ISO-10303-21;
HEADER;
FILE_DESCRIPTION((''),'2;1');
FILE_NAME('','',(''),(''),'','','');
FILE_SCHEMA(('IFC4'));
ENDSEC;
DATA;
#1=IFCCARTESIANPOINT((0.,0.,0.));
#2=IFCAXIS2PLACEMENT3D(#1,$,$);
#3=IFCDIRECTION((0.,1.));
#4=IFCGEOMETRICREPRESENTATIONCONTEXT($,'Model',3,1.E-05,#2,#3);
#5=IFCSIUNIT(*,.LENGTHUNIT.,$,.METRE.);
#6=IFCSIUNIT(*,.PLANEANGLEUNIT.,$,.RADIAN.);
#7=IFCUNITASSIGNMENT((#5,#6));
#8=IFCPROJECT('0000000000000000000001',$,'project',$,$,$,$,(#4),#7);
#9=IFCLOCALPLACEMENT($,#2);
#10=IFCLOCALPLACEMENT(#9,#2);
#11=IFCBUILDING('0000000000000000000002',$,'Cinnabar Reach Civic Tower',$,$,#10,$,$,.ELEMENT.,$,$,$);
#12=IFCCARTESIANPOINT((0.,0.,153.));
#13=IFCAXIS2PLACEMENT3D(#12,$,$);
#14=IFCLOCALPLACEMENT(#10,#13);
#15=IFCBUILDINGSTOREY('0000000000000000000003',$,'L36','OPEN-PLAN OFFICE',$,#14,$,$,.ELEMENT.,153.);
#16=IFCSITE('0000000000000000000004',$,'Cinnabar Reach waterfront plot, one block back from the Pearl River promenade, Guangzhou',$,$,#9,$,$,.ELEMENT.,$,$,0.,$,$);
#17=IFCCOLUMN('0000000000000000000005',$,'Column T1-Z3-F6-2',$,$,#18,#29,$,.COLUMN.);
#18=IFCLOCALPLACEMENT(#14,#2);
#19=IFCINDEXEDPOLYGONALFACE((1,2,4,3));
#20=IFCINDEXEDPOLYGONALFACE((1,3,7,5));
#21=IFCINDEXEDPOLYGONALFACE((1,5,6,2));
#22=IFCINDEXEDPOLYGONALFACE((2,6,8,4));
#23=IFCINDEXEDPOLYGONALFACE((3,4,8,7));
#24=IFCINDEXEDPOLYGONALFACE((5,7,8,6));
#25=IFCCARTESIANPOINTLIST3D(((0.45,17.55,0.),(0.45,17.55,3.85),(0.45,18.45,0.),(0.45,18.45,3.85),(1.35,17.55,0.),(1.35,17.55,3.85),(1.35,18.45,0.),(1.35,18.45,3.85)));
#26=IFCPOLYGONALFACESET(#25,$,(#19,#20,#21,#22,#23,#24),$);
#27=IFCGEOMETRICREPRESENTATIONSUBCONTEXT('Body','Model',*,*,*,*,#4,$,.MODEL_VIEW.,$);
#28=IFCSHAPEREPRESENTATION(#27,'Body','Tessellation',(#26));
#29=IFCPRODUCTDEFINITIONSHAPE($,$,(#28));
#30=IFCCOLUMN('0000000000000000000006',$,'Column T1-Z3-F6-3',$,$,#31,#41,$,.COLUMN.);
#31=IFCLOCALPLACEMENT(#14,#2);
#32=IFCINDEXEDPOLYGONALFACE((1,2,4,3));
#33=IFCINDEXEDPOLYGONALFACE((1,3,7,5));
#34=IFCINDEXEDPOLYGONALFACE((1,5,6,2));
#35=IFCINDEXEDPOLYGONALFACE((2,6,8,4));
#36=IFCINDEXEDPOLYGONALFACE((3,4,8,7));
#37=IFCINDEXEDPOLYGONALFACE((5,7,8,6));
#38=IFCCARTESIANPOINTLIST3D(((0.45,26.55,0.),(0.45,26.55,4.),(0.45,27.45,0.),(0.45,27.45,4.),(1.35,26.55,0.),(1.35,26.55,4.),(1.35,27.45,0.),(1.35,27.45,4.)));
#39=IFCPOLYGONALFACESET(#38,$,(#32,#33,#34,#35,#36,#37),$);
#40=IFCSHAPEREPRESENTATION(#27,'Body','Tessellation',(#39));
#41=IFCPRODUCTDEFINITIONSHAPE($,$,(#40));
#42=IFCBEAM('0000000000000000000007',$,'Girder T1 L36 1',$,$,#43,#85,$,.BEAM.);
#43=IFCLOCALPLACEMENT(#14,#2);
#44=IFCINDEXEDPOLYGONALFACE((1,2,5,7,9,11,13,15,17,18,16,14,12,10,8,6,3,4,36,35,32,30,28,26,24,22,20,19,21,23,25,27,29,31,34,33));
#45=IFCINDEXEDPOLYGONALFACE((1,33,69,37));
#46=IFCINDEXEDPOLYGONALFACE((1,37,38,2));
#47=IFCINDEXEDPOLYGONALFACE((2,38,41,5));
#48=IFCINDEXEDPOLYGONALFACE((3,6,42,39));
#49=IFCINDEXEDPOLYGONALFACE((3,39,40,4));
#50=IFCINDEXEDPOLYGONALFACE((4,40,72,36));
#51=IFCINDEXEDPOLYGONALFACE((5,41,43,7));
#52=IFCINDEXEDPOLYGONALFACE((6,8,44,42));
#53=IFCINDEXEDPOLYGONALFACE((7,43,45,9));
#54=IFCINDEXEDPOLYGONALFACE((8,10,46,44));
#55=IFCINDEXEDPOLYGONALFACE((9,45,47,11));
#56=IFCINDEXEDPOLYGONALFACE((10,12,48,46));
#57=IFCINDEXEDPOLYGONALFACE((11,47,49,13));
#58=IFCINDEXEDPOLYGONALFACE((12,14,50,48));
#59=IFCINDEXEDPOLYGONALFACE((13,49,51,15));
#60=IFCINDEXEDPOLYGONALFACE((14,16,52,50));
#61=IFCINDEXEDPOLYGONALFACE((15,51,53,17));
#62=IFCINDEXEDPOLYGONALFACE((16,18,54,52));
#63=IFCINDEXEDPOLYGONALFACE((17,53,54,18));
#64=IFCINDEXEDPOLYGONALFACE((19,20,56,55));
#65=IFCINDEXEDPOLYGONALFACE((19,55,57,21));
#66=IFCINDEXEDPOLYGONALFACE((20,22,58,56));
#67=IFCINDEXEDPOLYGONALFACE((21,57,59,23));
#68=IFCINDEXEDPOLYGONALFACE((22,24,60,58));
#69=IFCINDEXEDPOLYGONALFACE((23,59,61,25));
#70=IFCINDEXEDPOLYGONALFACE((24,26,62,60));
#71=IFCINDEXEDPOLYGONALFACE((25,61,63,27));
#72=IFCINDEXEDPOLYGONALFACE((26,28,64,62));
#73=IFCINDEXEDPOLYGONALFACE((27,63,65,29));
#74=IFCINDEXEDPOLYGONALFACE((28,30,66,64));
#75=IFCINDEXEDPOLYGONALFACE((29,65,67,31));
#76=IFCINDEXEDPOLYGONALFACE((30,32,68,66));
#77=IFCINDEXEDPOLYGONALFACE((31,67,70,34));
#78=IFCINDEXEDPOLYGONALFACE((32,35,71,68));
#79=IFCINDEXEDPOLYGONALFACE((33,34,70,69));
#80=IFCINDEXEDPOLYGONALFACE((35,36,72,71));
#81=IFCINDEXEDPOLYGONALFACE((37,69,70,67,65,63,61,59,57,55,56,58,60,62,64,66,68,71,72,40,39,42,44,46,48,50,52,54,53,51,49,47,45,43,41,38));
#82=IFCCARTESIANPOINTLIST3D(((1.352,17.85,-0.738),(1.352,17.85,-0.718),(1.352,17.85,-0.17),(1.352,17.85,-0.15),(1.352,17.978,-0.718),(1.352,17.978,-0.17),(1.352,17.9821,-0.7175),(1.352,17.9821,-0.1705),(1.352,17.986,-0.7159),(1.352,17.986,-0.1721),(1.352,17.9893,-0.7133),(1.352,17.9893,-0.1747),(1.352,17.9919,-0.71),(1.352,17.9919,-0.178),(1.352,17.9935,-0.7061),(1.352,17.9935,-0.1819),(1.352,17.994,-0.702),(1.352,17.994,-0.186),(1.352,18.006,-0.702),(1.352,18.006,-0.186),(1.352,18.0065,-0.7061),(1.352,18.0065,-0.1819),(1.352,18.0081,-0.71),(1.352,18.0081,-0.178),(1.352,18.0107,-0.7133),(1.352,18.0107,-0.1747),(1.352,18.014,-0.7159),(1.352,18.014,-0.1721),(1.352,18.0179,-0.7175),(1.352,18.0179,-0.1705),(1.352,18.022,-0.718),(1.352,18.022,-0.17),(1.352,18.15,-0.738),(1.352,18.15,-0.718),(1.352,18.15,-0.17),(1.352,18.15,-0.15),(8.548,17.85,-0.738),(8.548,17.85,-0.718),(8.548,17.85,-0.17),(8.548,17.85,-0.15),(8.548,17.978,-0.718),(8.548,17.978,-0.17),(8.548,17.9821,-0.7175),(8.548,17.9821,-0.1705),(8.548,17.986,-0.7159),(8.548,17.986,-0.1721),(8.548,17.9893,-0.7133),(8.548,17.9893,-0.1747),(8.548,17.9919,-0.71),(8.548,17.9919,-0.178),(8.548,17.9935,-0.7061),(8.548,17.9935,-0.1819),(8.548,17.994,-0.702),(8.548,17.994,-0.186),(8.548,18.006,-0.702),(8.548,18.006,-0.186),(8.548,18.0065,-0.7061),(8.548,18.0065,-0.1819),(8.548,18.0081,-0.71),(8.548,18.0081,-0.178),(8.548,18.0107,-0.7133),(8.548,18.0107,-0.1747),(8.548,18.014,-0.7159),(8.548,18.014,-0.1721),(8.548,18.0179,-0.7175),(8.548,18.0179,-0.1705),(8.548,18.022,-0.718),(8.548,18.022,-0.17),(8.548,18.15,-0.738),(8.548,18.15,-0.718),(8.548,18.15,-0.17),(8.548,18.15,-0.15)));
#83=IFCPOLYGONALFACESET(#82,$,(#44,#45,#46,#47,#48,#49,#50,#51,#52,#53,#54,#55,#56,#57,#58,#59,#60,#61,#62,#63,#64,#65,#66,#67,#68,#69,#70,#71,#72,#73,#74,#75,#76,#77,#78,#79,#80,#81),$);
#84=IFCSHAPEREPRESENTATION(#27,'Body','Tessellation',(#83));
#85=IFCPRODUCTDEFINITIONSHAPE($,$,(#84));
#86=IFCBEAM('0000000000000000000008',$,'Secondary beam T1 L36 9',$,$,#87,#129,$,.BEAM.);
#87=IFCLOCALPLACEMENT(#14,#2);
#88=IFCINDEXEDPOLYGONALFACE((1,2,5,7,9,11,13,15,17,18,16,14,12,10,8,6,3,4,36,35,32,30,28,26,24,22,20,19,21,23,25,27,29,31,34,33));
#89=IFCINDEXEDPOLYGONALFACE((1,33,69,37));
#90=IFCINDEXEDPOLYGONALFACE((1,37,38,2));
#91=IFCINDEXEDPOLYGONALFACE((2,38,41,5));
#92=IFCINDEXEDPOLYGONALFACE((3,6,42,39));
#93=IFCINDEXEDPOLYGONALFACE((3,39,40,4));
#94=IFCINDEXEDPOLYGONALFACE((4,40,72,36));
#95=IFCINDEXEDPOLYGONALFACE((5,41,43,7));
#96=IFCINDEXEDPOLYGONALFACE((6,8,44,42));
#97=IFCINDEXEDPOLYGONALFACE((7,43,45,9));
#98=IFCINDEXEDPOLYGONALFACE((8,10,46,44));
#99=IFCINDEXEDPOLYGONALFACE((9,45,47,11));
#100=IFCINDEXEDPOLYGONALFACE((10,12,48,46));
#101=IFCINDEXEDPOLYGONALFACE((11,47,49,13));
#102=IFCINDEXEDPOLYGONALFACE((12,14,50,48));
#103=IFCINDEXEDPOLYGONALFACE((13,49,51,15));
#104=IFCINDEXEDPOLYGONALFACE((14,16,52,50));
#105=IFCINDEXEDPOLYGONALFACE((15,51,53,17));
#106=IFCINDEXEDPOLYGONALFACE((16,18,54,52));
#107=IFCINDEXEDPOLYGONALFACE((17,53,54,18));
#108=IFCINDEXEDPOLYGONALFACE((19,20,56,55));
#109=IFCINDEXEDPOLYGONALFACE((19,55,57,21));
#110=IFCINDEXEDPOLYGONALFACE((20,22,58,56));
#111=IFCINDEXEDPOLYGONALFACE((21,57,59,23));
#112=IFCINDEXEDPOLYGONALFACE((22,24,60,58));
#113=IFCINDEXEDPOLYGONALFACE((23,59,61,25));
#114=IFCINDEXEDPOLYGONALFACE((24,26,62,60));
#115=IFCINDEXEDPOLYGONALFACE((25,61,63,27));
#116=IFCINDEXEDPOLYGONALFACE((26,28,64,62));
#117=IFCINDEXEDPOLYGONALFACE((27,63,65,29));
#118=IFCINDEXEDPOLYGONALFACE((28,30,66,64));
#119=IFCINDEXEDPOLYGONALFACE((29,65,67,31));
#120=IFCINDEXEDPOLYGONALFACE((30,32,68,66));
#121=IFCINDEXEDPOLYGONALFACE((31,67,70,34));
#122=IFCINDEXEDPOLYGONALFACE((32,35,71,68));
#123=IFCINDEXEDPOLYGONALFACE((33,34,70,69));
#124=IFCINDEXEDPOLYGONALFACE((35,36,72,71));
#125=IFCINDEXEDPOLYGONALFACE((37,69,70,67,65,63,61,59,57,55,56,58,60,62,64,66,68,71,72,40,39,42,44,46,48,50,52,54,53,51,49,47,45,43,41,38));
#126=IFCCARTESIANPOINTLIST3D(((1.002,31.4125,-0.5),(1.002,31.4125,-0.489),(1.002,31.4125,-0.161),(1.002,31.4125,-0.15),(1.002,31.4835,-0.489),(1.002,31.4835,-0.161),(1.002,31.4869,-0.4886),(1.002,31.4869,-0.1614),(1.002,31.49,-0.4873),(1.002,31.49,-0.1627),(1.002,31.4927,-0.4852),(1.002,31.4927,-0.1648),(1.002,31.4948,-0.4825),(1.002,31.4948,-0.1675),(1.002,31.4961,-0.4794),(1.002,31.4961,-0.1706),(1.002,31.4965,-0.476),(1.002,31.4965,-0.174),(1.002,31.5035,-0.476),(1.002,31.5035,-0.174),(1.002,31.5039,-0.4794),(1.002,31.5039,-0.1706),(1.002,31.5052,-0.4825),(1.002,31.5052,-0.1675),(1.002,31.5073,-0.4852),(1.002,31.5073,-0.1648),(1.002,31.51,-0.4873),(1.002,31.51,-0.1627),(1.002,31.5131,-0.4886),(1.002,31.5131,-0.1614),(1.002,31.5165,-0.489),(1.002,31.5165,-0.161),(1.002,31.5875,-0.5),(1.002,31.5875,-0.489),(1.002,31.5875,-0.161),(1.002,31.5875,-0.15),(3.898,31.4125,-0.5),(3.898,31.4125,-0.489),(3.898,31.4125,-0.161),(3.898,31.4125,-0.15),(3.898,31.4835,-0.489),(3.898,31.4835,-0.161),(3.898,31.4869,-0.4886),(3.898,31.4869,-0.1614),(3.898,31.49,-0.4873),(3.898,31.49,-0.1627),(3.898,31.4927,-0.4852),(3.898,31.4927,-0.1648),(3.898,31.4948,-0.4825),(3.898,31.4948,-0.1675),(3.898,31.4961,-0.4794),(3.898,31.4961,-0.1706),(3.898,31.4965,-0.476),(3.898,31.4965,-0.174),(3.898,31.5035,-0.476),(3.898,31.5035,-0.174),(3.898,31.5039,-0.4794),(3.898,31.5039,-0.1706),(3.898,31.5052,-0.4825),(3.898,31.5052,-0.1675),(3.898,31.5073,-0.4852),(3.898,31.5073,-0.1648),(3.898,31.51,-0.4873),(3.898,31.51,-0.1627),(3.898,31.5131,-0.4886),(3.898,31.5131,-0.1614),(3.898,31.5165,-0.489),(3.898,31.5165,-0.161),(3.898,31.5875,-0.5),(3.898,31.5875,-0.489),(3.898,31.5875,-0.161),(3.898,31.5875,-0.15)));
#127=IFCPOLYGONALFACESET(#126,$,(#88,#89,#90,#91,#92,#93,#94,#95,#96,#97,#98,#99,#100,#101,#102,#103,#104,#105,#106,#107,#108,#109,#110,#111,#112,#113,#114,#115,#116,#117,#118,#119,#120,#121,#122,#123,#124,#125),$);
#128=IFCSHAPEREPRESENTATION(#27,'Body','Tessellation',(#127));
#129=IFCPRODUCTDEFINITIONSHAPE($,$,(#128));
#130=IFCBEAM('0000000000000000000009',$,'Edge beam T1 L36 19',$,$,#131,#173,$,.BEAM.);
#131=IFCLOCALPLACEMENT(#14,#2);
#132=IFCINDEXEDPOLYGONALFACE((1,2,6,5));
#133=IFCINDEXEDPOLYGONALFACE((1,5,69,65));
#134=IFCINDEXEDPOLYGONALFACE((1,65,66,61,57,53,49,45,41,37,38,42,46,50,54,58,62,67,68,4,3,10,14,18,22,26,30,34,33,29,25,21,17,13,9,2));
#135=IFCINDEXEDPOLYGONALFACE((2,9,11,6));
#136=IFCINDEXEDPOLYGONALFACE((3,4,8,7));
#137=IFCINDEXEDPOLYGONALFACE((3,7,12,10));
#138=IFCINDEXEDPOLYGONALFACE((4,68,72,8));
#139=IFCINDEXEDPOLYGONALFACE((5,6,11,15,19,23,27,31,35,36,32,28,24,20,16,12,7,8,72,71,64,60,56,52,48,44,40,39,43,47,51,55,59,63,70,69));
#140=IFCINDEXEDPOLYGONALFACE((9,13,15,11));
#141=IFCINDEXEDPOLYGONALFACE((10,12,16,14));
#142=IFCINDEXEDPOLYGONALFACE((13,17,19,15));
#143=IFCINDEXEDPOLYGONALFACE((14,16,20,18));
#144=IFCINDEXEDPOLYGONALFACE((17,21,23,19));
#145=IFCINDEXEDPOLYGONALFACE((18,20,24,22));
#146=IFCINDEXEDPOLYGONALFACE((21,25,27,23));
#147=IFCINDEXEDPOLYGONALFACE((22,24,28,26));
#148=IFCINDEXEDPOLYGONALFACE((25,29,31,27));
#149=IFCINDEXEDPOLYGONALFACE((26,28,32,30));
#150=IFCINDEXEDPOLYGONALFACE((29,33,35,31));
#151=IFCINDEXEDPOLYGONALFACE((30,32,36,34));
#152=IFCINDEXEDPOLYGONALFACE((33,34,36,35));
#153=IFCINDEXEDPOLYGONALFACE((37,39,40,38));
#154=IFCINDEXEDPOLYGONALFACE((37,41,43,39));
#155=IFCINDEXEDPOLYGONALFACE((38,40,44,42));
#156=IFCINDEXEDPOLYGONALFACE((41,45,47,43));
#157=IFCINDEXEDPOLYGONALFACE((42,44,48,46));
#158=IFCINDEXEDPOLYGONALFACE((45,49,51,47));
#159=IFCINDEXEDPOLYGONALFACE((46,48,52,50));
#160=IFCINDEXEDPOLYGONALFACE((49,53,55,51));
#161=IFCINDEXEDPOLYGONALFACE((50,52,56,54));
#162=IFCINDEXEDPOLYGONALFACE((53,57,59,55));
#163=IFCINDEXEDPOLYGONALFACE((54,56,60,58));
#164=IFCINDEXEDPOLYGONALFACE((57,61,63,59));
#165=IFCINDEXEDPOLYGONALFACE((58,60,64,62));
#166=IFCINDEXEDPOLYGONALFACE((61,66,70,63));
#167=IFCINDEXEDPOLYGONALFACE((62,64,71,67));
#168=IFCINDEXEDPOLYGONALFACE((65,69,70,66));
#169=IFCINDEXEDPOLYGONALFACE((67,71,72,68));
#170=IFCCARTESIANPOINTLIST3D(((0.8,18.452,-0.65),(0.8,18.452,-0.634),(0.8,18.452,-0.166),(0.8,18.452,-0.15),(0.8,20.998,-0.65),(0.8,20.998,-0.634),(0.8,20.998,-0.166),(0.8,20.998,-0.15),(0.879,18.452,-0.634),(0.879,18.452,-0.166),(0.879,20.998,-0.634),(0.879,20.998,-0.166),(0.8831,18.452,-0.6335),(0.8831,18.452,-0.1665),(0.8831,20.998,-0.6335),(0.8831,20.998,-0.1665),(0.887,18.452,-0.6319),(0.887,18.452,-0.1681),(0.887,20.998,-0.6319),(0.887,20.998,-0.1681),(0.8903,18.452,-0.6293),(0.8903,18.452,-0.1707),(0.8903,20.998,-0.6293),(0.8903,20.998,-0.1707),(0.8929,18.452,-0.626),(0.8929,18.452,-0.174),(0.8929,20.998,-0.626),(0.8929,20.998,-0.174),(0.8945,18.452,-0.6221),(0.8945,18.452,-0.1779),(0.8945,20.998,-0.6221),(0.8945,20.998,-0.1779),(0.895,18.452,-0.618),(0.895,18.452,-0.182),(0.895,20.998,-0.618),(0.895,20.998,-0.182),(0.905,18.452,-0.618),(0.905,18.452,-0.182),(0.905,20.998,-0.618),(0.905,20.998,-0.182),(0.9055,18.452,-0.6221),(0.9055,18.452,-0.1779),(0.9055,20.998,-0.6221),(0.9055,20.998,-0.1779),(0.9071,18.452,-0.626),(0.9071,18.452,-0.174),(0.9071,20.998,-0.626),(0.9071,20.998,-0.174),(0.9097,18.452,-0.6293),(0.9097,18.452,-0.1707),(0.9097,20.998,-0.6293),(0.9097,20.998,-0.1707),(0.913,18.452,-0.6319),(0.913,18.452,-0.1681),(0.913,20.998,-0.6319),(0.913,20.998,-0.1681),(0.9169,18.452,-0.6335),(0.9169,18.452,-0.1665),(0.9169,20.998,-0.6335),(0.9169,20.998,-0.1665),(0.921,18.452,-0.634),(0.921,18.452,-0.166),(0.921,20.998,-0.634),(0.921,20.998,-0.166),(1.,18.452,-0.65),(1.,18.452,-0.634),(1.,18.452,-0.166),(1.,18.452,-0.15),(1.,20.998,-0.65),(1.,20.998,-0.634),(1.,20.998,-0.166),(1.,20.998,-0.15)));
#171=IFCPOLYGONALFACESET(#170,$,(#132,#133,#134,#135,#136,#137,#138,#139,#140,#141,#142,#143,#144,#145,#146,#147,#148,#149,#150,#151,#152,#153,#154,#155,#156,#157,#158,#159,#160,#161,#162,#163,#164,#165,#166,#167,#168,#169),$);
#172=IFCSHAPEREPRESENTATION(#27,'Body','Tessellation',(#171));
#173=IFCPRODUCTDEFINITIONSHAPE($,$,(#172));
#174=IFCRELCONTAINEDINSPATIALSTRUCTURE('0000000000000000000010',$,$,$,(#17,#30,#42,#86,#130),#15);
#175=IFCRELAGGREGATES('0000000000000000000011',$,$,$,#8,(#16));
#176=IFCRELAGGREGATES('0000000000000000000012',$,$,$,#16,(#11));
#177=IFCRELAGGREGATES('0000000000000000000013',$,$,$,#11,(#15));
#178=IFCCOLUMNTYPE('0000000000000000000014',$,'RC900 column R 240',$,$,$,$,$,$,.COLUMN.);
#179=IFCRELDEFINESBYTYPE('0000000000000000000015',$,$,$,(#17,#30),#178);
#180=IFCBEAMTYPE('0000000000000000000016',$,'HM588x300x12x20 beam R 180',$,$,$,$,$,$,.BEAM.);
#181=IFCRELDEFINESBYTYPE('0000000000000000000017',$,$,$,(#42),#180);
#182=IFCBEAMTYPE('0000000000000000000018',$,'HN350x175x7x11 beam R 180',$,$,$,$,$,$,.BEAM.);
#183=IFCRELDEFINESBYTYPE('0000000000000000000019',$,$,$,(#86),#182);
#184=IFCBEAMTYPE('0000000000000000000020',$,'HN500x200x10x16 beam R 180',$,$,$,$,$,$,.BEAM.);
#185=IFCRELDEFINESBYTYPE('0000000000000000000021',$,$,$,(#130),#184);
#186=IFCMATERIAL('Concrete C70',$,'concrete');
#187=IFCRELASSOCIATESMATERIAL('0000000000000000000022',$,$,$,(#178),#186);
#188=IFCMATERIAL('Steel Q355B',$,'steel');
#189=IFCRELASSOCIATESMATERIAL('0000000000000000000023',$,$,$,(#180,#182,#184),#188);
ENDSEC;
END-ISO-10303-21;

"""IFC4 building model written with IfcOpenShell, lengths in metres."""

from ifc_helpers import new_model, si_unit, direction, frame, origin, origin_2d, place, context, subcontext, project, spatial, rectangle, i_section, extrude, material, material_profile, profile_set, type_object, element, save


model = new_model("IFC4")

# Units and contexts
model_context = context("Model", 3, precision=1e-05, world=origin(), true_north=direction((0.0, 1.0)))
body_context = subcontext(model_context, "Body", "Model", "MODEL_VIEW")
ifc_project = project(units=[si_unit("LENGTHUNIT", "METRE"), si_unit("PLANEANGLEUNIT", "RADIAN")], contexts=[model_context])

# Site, building, storey
site_placement = place(None, origin())
site = spatial("IfcSite", under=ifc_project, at=site_placement, Name="Cinnabar Reach waterfront plot, one block back from the Pearl River promenade, Guangzhou", CompositionType="ELEMENT", RefElevation=0.0)
building_placement = place(site_placement, origin())
building = spatial("IfcBuilding", under=site, at=building_placement, Name="Cinnabar Reach Civic Tower", CompositionType="ELEMENT")
storey_placement = place(building_placement, frame((0.0, 0.0, 153.0)))
storey = spatial("IfcBuildingStorey", under=building, at=storey_placement, Name="L36", Description="OPEN-PLAN OFFICE", CompositionType="ELEMENT", Elevation=153.0)

# Columns
ifc_material_1 = material(Name="Concrete C70", Category="concrete")
ifc_material_profile_1 = material_profile(ifc_material_1, rectangle(XDim=0.9, YDim=0.9, at=origin_2d()), Name="RC900")
ifc_profile_set_1 = profile_set([ifc_material_profile_1], Name="Concrete C70")
column_type = type_object("IfcColumnType", Name="RC900 column R 240", PredefinedType="COLUMN", material=ifc_profile_set_1)
column_1_placement = place(storey_placement, frame((0.9, 18.0, 0.0), z_axis=(0.0, 0.0, 1.0), x_axis=(1.0, 0.0, 0.0)))
element("IfcColumn", 1, at=column_1_placement, inside=storey, type_object=column_type, Name="Column T1-Z3-F6-2", PredefinedType="COLUMN", context=body_context, shape_type="SweptSolid", body=[
    extrude(rectangle(XDim=0.9, YDim=0.9, at=origin_2d()), origin(), (0.0, 0.0, 1.0), 3.85),
])
column_2_placement = place(storey_placement, frame((0.9, 27.0, 0.0), z_axis=(0.0, 0.0, 1.0), x_axis=(1.0, 0.0, 0.0)))
element("IfcColumn", 2, at=column_2_placement, inside=storey, type_object=column_type, Name="Column T1-Z3-F6-3", PredefinedType="COLUMN", context=body_context, shape_type="SweptSolid", body=[
    extrude(rectangle(XDim=0.9, YDim=0.9, at=origin_2d()), origin(), (0.0, 0.0, 1.0), 4.0),
])

# Beams
ifc_material_2 = material(Name="Steel Q355B", Category="steel")
ifc_material_profile_2 = material_profile(ifc_material_2, i_section(OverallWidth=0.3, OverallDepth=0.588, WebThickness=0.012, FlangeThickness=0.02, FilletRadius=0.016, at=origin_2d()), Name="HM588x300x12x20")
ifc_profile_set_2 = profile_set([ifc_material_profile_2], Name="Steel Q355B")
beam_type_1 = type_object("IfcBeamType", Name="HM588x300x12x20 beam R 180", PredefinedType="BEAM", material=ifc_profile_set_2)
beam_1_placement = place(storey_placement, frame((1.352, 18.0, -0.444), z_axis=(1.0, 0.0, 0.0), x_axis=(0.0, 1.0, 0.0)))
element("IfcBeam", 3, at=beam_1_placement, inside=storey, type_object=beam_type_1, Name="Girder T1 L36 1", PredefinedType="BEAM", context=body_context, shape_type="SweptSolid", body=[
    extrude(i_section(OverallWidth=0.3, OverallDepth=0.588, WebThickness=0.012, FlangeThickness=0.02, FilletRadius=0.016, at=origin_2d()), origin(), (0.0, 0.0, 1.0), 7.196),
])
ifc_material_profile_3 = material_profile(ifc_material_2, i_section(OverallWidth=0.175, OverallDepth=0.35, WebThickness=0.007, FlangeThickness=0.011, FilletRadius=0.013, at=origin_2d()), Name="HN350x175x7x11")
ifc_profile_set_3 = profile_set([ifc_material_profile_3], Name="Steel Q355B")
beam_type_2 = type_object("IfcBeamType", Name="HN350x175x7x11 beam R 180", PredefinedType="BEAM", material=ifc_profile_set_3)
beam_2_placement = place(storey_placement, frame((1.002, 31.5, -0.325), z_axis=(1.0, 0.0, 0.0), x_axis=(0.0, 1.0, 0.0)))
element("IfcBeam", 4, at=beam_2_placement, inside=storey, type_object=beam_type_2, Name="Secondary beam T1 L36 9", PredefinedType="BEAM", context=body_context, shape_type="SweptSolid", body=[
    extrude(i_section(OverallWidth=0.175, OverallDepth=0.35, WebThickness=0.007, FlangeThickness=0.011, FilletRadius=0.013, at=origin_2d()), origin(), (0.0, 0.0, 1.0), 2.896),
])
ifc_material_profile_4 = material_profile(ifc_material_2, i_section(OverallWidth=0.2, OverallDepth=0.5, WebThickness=0.01, FlangeThickness=0.016, FilletRadius=0.016, at=origin_2d()), Name="HN500x200x10x16")
ifc_profile_set_4 = profile_set([ifc_material_profile_4], Name="Steel Q355B")
beam_type_3 = type_object("IfcBeamType", Name="HN500x200x10x16 beam R 180", PredefinedType="BEAM", material=ifc_profile_set_4)
beam_3_placement = place(storey_placement, frame((0.9, 20.998, -0.4), z_axis=(0.0, -1.0, 0.0), x_axis=(1.0, 0.0, 0.0)))
element("IfcBeam", 5, at=beam_3_placement, inside=storey, type_object=beam_type_3, Name="Edge beam T1 L36 19", PredefinedType="BEAM", context=body_context, shape_type="SweptSolid", body=[
    extrude(i_section(OverallWidth=0.2, OverallDepth=0.5, WebThickness=0.01, FlangeThickness=0.016, FilletRadius=0.016, at=origin_2d()), origin(), (0.0, 0.0, 1.0), 2.546),
])

save(model, "model.ifc")
